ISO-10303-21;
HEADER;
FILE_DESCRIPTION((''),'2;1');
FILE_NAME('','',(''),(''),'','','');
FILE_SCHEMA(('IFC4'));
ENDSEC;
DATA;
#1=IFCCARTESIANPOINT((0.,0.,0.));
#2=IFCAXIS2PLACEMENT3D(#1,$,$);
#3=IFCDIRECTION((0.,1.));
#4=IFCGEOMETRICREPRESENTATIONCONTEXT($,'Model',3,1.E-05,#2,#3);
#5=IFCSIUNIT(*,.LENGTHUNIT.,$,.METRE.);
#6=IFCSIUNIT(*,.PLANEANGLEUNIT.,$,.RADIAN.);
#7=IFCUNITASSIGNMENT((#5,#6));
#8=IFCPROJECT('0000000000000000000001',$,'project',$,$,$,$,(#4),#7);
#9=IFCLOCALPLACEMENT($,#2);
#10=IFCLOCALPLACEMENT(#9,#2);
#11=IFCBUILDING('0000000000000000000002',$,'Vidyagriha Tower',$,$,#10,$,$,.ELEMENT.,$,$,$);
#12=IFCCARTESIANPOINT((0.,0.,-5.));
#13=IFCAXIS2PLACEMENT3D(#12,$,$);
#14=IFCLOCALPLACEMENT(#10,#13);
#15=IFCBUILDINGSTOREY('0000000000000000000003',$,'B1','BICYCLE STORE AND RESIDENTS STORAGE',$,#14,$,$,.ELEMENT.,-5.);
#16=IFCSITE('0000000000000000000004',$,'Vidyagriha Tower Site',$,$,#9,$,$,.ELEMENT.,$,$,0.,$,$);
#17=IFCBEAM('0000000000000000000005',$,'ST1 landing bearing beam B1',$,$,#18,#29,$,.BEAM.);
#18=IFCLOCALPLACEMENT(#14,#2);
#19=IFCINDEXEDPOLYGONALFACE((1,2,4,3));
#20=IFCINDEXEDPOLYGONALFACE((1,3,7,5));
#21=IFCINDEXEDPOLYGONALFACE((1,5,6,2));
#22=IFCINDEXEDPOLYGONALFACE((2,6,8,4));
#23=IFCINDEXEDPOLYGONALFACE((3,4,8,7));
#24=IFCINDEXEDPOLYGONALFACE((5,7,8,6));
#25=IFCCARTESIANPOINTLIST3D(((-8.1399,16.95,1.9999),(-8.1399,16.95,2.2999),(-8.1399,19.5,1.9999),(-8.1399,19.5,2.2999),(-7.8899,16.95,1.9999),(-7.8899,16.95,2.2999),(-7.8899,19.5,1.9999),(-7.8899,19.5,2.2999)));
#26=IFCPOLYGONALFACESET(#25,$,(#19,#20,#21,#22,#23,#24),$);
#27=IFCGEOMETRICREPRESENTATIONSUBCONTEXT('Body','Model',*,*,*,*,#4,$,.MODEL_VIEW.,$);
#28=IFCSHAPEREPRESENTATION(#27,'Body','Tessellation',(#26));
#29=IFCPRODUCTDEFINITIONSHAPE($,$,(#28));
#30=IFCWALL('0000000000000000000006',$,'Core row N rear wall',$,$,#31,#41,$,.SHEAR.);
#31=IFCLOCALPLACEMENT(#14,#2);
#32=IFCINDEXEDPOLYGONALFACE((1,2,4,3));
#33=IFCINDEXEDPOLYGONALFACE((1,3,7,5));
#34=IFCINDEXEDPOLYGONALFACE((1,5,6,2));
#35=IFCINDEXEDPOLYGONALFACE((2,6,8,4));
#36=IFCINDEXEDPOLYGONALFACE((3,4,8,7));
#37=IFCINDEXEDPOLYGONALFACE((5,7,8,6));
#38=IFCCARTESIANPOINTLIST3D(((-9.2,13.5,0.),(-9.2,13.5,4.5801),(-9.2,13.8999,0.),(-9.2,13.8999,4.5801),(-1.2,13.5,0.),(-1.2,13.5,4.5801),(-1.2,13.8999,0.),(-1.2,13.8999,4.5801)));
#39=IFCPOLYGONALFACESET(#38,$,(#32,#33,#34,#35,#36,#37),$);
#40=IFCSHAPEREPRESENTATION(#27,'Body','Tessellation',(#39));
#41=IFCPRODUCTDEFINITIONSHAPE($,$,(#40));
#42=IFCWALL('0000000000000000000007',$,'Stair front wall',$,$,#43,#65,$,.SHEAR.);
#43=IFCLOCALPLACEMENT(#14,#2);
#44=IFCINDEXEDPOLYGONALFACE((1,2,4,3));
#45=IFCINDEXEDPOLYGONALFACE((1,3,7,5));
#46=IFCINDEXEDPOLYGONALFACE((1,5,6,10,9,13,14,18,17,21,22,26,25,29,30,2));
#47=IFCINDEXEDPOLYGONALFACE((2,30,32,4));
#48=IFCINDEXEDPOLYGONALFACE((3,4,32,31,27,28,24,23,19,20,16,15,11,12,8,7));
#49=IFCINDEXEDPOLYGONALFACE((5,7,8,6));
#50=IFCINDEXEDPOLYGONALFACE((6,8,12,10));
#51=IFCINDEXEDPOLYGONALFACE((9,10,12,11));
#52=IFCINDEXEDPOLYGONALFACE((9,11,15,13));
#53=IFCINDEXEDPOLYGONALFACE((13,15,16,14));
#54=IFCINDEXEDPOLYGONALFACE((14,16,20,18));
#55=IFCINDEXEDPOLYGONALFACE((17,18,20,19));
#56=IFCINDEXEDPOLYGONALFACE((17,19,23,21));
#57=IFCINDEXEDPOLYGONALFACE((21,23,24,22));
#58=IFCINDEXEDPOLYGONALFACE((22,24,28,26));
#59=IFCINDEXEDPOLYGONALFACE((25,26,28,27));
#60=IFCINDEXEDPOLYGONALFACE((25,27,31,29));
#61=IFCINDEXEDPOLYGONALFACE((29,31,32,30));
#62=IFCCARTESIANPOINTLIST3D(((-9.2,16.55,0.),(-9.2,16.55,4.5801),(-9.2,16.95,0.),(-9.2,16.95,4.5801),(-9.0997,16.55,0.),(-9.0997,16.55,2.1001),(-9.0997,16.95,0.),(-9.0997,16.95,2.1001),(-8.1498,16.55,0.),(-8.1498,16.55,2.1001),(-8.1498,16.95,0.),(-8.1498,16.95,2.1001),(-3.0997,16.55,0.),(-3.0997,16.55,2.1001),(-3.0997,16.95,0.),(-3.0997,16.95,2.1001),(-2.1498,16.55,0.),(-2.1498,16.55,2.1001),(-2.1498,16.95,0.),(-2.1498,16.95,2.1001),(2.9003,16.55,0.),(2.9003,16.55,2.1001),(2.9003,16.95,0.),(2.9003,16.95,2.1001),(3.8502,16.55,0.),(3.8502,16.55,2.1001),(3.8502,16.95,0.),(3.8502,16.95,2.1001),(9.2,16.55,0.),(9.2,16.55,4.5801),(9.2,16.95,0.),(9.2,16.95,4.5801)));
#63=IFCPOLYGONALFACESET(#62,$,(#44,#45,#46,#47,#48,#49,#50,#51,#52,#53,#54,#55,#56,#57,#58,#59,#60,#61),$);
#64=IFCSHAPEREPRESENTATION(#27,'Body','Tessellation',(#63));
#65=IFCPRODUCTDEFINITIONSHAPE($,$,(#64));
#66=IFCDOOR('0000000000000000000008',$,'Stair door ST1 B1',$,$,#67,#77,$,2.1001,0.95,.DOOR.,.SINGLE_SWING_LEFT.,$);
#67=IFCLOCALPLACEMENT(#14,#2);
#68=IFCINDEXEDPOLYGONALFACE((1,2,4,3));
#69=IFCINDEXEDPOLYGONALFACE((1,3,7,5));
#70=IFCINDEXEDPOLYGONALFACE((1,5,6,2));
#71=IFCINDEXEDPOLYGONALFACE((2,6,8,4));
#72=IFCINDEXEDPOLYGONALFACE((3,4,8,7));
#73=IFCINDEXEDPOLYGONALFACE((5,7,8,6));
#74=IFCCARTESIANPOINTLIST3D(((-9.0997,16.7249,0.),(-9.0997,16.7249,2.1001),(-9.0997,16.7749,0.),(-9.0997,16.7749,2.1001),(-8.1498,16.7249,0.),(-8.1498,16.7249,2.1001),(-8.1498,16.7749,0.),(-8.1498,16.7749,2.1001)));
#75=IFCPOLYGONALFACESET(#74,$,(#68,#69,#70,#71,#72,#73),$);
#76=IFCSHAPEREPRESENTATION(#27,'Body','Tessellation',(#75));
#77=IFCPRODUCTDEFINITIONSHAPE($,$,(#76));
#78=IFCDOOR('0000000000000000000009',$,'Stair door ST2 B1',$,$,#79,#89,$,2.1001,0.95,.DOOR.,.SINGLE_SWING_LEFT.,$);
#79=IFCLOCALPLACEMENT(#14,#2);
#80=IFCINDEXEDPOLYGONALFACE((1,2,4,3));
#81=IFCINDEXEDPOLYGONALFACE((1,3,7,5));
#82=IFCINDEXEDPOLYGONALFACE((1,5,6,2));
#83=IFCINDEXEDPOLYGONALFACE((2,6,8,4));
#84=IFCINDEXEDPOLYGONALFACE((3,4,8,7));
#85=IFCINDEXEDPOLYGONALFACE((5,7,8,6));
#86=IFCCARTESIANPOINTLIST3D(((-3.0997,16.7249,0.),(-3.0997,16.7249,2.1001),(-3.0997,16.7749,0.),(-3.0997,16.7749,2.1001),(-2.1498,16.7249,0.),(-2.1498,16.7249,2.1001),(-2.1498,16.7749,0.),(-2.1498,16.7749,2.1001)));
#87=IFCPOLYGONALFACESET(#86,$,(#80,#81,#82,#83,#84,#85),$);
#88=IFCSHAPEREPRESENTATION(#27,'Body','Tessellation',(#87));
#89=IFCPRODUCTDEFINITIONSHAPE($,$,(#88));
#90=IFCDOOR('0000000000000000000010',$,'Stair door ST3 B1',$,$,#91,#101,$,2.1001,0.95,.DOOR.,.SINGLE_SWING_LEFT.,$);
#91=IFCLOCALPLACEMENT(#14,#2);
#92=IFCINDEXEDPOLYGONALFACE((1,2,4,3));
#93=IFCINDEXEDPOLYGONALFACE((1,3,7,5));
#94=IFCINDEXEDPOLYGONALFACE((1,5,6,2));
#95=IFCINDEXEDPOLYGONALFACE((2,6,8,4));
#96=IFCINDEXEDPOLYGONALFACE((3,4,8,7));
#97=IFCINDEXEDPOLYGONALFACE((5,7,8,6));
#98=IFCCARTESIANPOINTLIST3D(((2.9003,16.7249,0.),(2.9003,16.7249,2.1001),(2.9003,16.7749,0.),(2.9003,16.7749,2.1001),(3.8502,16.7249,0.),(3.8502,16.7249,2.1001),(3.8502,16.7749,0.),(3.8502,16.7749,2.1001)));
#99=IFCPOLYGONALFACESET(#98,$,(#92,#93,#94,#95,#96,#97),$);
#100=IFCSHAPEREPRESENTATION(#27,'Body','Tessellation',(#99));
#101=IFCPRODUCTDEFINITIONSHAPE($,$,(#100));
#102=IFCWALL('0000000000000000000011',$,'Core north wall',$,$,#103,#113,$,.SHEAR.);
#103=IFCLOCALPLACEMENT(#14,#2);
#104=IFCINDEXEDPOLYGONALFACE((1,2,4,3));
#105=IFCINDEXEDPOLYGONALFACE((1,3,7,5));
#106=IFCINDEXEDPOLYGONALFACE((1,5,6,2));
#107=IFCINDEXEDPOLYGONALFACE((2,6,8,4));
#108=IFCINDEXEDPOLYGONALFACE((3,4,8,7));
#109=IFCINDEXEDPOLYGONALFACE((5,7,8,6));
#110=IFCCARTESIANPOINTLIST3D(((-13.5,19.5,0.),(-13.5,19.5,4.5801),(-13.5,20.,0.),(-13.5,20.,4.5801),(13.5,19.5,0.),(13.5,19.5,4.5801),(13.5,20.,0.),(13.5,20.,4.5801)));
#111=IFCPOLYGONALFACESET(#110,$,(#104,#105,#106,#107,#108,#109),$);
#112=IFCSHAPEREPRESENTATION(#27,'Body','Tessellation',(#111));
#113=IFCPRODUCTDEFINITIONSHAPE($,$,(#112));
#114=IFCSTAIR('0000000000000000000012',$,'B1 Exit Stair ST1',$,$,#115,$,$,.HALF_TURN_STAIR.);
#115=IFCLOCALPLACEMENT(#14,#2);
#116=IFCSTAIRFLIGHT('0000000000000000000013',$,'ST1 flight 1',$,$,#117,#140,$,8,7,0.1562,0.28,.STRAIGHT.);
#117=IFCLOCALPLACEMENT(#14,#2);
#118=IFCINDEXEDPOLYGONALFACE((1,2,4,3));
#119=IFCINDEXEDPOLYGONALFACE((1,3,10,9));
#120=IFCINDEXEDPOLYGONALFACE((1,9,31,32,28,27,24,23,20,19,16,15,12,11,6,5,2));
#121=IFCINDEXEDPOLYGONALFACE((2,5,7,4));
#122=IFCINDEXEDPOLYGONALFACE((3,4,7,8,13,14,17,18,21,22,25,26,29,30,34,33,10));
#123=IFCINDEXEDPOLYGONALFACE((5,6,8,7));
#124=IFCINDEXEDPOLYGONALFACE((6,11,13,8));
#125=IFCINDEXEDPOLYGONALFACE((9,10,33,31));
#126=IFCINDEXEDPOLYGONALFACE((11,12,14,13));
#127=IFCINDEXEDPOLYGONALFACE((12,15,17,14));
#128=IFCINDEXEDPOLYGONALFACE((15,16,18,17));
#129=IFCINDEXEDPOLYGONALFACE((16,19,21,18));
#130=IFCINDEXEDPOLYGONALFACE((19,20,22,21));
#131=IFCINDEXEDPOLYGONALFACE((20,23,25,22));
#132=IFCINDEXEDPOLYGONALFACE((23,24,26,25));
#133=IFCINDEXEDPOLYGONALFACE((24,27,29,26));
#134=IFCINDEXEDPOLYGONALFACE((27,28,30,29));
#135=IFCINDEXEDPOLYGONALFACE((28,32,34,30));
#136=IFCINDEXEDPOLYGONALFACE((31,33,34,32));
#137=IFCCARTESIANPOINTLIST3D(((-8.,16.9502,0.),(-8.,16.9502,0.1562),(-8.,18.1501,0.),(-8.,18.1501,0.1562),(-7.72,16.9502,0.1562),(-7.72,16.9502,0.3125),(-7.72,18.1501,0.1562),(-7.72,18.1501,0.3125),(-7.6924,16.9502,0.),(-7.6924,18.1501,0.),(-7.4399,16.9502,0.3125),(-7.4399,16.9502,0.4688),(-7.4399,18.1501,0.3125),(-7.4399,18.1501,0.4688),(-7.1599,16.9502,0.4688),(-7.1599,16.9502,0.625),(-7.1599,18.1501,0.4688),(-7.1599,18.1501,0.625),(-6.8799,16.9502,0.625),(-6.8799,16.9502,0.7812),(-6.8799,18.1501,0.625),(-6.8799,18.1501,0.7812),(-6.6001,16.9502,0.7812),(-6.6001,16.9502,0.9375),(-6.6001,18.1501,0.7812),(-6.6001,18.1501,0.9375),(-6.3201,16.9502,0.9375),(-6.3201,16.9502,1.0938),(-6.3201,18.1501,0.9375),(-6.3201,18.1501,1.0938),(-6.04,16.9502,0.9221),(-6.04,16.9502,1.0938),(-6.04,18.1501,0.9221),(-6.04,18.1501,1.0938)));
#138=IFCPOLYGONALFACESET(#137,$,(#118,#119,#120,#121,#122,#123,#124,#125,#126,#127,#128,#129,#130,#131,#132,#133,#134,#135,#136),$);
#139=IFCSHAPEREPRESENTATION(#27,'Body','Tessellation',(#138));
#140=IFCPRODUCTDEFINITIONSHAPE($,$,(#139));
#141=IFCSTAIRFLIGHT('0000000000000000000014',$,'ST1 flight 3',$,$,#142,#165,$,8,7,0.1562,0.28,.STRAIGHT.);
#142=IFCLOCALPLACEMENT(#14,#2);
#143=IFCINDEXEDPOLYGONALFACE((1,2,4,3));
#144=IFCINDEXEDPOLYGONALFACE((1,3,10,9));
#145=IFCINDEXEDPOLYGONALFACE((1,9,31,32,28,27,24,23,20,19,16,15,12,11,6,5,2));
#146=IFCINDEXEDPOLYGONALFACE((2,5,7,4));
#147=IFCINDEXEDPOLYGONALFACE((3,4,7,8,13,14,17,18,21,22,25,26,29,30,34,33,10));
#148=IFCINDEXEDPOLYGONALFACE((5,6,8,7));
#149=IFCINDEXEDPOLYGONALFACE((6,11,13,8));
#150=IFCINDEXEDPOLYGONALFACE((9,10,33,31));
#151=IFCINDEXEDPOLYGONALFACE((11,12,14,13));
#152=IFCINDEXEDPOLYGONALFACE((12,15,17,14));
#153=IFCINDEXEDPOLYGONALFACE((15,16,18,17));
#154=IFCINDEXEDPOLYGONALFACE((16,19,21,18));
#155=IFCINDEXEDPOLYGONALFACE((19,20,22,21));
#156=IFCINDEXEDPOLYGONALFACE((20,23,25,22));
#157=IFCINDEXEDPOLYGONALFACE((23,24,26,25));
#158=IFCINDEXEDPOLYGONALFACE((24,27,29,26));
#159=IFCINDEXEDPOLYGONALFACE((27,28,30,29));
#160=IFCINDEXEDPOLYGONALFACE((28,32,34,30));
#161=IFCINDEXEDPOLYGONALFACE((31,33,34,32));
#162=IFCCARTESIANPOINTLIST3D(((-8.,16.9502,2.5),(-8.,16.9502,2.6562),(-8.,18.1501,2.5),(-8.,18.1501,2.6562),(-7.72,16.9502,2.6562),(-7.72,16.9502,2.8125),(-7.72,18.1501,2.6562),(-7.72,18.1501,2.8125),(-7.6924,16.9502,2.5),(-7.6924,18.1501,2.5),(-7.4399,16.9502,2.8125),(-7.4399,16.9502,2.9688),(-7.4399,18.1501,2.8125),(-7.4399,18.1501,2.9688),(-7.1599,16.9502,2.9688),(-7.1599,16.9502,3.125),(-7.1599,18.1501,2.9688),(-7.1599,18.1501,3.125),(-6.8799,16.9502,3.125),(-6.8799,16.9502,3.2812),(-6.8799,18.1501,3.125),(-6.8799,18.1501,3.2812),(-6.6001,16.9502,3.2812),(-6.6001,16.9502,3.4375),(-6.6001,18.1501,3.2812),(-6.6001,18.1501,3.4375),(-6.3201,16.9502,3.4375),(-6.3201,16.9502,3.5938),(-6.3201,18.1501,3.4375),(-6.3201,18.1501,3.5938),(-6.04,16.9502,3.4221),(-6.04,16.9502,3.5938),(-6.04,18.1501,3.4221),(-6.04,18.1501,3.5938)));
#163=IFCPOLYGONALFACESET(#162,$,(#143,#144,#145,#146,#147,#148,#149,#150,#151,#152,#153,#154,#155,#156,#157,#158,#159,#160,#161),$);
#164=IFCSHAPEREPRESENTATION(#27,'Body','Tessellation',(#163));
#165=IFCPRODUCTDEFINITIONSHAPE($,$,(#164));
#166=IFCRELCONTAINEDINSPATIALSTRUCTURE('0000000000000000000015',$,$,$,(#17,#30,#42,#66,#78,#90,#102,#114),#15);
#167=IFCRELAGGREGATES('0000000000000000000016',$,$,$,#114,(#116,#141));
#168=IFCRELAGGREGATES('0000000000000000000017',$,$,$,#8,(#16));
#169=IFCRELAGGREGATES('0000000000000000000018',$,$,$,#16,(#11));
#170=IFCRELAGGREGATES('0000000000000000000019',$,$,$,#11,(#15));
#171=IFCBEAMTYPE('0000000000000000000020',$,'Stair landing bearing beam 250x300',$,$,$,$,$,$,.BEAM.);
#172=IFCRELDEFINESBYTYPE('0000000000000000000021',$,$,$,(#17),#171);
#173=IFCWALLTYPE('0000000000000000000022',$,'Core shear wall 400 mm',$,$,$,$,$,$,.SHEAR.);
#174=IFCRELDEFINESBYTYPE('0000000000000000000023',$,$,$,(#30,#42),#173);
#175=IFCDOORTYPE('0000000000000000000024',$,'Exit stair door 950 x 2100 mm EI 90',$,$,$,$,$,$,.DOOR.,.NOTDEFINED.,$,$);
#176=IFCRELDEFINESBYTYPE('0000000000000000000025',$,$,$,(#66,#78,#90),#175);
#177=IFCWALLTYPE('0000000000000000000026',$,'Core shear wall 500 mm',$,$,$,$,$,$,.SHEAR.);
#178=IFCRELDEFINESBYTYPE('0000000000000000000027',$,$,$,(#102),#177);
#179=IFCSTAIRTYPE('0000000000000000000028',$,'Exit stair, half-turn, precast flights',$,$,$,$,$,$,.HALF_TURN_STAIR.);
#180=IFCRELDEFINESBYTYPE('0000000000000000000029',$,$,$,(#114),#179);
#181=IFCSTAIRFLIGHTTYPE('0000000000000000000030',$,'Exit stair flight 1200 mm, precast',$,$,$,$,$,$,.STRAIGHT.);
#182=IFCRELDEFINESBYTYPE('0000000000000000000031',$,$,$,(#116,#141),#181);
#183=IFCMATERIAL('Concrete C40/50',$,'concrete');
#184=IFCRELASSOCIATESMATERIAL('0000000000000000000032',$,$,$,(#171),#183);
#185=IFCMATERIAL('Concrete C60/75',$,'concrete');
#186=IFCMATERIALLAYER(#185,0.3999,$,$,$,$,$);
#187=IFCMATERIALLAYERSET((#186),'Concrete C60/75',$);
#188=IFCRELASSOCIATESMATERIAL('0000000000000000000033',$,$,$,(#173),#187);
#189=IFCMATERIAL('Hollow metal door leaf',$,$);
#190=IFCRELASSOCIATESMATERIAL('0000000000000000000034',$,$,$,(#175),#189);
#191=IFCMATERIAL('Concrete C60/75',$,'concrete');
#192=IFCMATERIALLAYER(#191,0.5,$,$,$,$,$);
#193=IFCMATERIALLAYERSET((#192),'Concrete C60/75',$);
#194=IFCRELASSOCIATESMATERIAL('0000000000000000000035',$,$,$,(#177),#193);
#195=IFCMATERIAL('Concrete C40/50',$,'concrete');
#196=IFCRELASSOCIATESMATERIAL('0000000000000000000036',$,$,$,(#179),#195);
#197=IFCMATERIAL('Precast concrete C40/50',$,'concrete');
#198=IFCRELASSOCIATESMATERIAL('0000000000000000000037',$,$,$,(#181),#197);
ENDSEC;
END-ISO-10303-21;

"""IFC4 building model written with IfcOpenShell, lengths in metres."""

from ifc_helpers import new_model, si_unit, direction, frame, frame_2d, origin, origin_2d, place, context, subcontext, project, spatial, polyline, rectangle, outline, extrude, material, layer, layer_set, material_profile, profile_set, type_object, element, fill, aggregate, save


model = new_model("IFC4")

# Units and contexts
model_context = context("Model", 3, precision=1e-05, world=origin(), true_north=direction((0.0, 1.0)))
body_context = subcontext(model_context, "Body", "Model", "MODEL_VIEW")
ifc_project = project(units=[si_unit("LENGTHUNIT", "METRE"), si_unit("PLANEANGLEUNIT", "RADIAN")], contexts=[model_context])

# Site, building, storey
site_placement = place(None, origin())
site = spatial("IfcSite", under=ifc_project, at=site_placement, Name="Vidyagriha Tower Site", CompositionType="ELEMENT", RefElevation=0.0)
building_placement = place(site_placement, origin())
building = spatial("IfcBuilding", under=site, at=building_placement, Name="Vidyagriha Tower", CompositionType="ELEMENT")
storey_placement = place(building_placement, frame((0.0, 0.0, -5.0)))
storey = spatial("IfcBuildingStorey", under=building, at=storey_placement, Name="B1", Description="BICYCLE STORE AND RESIDENTS STORAGE", CompositionType="ELEMENT", Elevation=-5.0)

# Beam
ifc_material_1 = material(Name="Concrete C40/50", Category="concrete")
ifc_material_profile = material_profile(ifc_material_1, rectangle(XDim=0.25, YDim=0.3, at=origin_2d()), Name="Stair landing bearing beam 250x300")
ifc_profile_set = profile_set([ifc_material_profile], Name="Concrete C40/50")
beam_type = type_object("IfcBeamType", Name="Stair landing bearing beam 250x300", PredefinedType="BEAM", material=ifc_profile_set)
beam_placement = place(storey_placement, frame((-8.0149, 16.95, 2.1499), z_axis=(0.0, 1.0, 0.0), x_axis=(-1.0, 0.0, 0.0)))
element("IfcBeam", 1, at=beam_placement, inside=storey, type_object=beam_type, Name="ST1 landing bearing beam B1", PredefinedType="BEAM", context=body_context, shape_type="SweptSolid", body=[
    extrude(rectangle(XDim=0.25, YDim=0.3, at=origin_2d()), origin(), (0.0, 0.0, 1.0), 2.55),
])

# Wall
ifc_material_2 = material(Name="Concrete C60/75", Category="concrete")
ifc_layer_1 = layer(ifc_material_2, 0.3999)
ifc_layer_set_1 = layer_set([ifc_layer_1], Name="Concrete C60/75")
wall_type_1 = type_object("IfcWallType", Name="Core shear wall 400 mm", PredefinedType="SHEAR", material=ifc_layer_set_1)
wall_1_placement = place(storey_placement, frame((-9.2, 13.7, 0.0)))
element("IfcWall", 2, at=wall_1_placement, inside=storey, type_object=wall_type_1, Name="Core row N rear wall", PredefinedType="SHEAR", context=body_context, shape_type="SweptSolid", body=[
    extrude(rectangle(XDim=8.0, YDim=0.3999, at=frame_2d((4.0, 0.0))), origin(), (0.0, 0.0, 1.0), 4.5801),
])

# Wall, openings, doors
wall_2_placement = place(storey_placement, frame((-9.2, 16.75, 0.0)))
wall_2 = element("IfcWall", 3, at=wall_2_placement, inside=storey, type_object=wall_type_1, Name="Stair front wall", PredefinedType="SHEAR", context=body_context, shape_type="SweptSolid", body=[
    extrude(rectangle(XDim=18.3999, YDim=0.3999, at=frame_2d((9.2, 0.0))), origin(), (0.0, 0.0, 1.0), 4.5801),
])
opening_1_placement = place(wall_2_placement, frame((0.1001, 0.0, 0.0)))
opening_1 = element("IfcOpeningElement", 4, at=opening_1_placement, cuts=wall_2, PredefinedType="OPENING", context=body_context, shape_type="SweptSolid", body=[
    extrude(rectangle(XDim=0.95, YDim=2.1001, at=frame_2d((0.4751, 1.05))), frame((0.0, 0.21, 0.0), z_axis=(0.0, -1.0, 0.0), x_axis=(1.0, 0.0, 0.0)), (0.0, 0.0, 1.0), 0.4199),
])
opening_2_placement = place(wall_2_placement, frame((6.1001, 0.0, 0.0)))
opening_2 = element("IfcOpeningElement", 5, at=opening_2_placement, cuts=wall_2, PredefinedType="OPENING", context=body_context, shape_type="SweptSolid", body=[
    extrude(rectangle(XDim=0.95, YDim=2.1001, at=frame_2d((0.4751, 1.05))), frame((0.0, 0.21, 0.0), z_axis=(0.0, -1.0, 0.0), x_axis=(1.0, 0.0, 0.0)), (0.0, 0.0, 1.0), 0.4199),
])
opening_3_placement = place(wall_2_placement, frame((12.1001, 0.0, 0.0)))
opening_3 = element("IfcOpeningElement", 6, at=opening_3_placement, cuts=wall_2, PredefinedType="OPENING", context=body_context, shape_type="SweptSolid", body=[
    extrude(rectangle(XDim=0.95, YDim=2.1001, at=frame_2d((0.4751, 1.05))), frame((0.0, 0.21, 0.0), z_axis=(0.0, -1.0, 0.0), x_axis=(1.0, 0.0, 0.0)), (0.0, 0.0, 1.0), 0.4199),
])
ifc_material_3 = material(Name="Hollow metal door leaf")
door_type = type_object("IfcDoorType", Name="Exit stair door 950 x 2100 mm EI 90", OperationType="NOTDEFINED", PredefinedType="DOOR", material=ifc_material_3)
door_1_placement = place(opening_1_placement, origin())
door_1 = element("IfcDoor", 7, at=door_1_placement, inside=storey, type_object=door_type, Name="Stair door ST1 B1", OperationType="SINGLE_SWING_LEFT", OverallHeight=2.1001, OverallWidth=0.95, PredefinedType="DOOR", context=body_context, shape_type="SweptSolid", body=[
    extrude(rectangle(XDim=0.95, YDim=2.1001, at=frame_2d((0.4751, 1.05))), frame((0.0, 0.0249, 0.0), z_axis=(0.0, -1.0, 0.0), x_axis=(1.0, 0.0, 0.0)), (0.0, 0.0, 1.0), 0.05),
])
fill(opening_1, door_1)
door_2_placement = place(opening_2_placement, origin())
door_2 = element("IfcDoor", 8, at=door_2_placement, inside=storey, type_object=door_type, Name="Stair door ST2 B1", OperationType="SINGLE_SWING_LEFT", OverallHeight=2.1001, OverallWidth=0.95, PredefinedType="DOOR", context=body_context, shape_type="SweptSolid", body=[
    extrude(rectangle(XDim=0.95, YDim=2.1001, at=frame_2d((0.4751, 1.05))), frame((0.0, 0.0249, 0.0), z_axis=(0.0, -1.0, 0.0), x_axis=(1.0, 0.0, 0.0)), (0.0, 0.0, 1.0), 0.05),
])
fill(opening_2, door_2)
door_3_placement = place(opening_3_placement, origin())
door_3 = element("IfcDoor", 9, at=door_3_placement, inside=storey, type_object=door_type, Name="Stair door ST3 B1", OperationType="SINGLE_SWING_LEFT", OverallHeight=2.1001, OverallWidth=0.95, PredefinedType="DOOR", context=body_context, shape_type="SweptSolid", body=[
    extrude(rectangle(XDim=0.95, YDim=2.1001, at=frame_2d((0.4751, 1.05))), frame((0.0, 0.0249, 0.0), z_axis=(0.0, -1.0, 0.0), x_axis=(1.0, 0.0, 0.0)), (0.0, 0.0, 1.0), 0.05),
])
fill(opening_3, door_3)

# Wall
ifc_material_4 = material(Name="Concrete C60/75", Category="concrete")
ifc_layer_2 = layer(ifc_material_4, 0.5)
ifc_layer_set_2 = layer_set([ifc_layer_2], Name="Concrete C60/75")
wall_type_2 = type_object("IfcWallType", Name="Core shear wall 500 mm", PredefinedType="SHEAR", material=ifc_layer_set_2)
wall_3_placement = place(storey_placement, frame((-13.5, 19.75, 0.0)))
element("IfcWall", 10, at=wall_3_placement, inside=storey, type_object=wall_type_2, Name="Core north wall", PredefinedType="SHEAR", context=body_context, shape_type="SweptSolid", body=[
    extrude(rectangle(XDim=27.0, YDim=0.5, at=frame_2d((13.5, 0.0))), origin(), (0.0, 0.0, 1.0), 4.5801),
])

# Stair, stair flights
ifc_material_5 = material(Name="Concrete C40/50", Category="concrete")
stair_type = type_object("IfcStairType", Name="Exit stair, half-turn, precast flights", PredefinedType="HALF_TURN_STAIR", material=ifc_material_5)
stair_placement = place(storey_placement, origin())
stair = element("IfcStair", 11, at=stair_placement, inside=storey, type_object=stair_type, Name="B1 Exit Stair ST1", PredefinedType="HALF_TURN_STAIR")
ifc_material_6 = material(Name="Precast concrete C40/50", Category="concrete")
stair_flight_type = type_object("IfcStairFlightType", Name="Exit stair flight 1200 mm, precast", PredefinedType="STRAIGHT", material=ifc_material_6)
stair_flight_1_placement = place(storey_placement, frame((-8.0, 17.55, 0.0)))
stair_flight_1 = element("IfcStairFlight", 12, at=stair_flight_1_placement, type_object=stair_flight_type, Name="ST1 flight 1", NumberOfRisers=8, NumberOfTreads=7, PredefinedType="STRAIGHT", RiserHeight=0.1562, TreadLength=0.28, context=body_context, shape_type="SweptSolid", body=[
    extrude(outline(polyline([(0.0, 0.0), (0.0, 0.1562), (0.28, 0.1562), (0.28, 0.3125), (0.5601, 0.3125), (0.5601, 0.4688), (0.8401, 0.4688), (0.8401, 0.625), (1.1201, 0.625), (1.1201, 0.7812), (1.3999, 0.7812), (1.3999, 0.9375), (1.6799, 0.9375), (1.6799, 1.0938), (1.96, 1.0938), (1.96, 1.25), (1.96, 0.9221), (0.3076, 0.0), (0.0, 0.0)])), frame((0.0, 0.6001, 0.0), z_axis=(0.0, -1.0, 0.0), x_axis=(1.0, 0.0, 0.0)), (0.0, 0.0, 1.0), 1.2),
])
stair_flight_2_placement = place(storey_placement, frame((-8.0, 17.55, 2.5)))
stair_flight_2 = element("IfcStairFlight", 13, at=stair_flight_2_placement, type_object=stair_flight_type, Name="ST1 flight 3", NumberOfRisers=8, NumberOfTreads=7, PredefinedType="STRAIGHT", RiserHeight=0.1562, TreadLength=0.28, context=body_context, shape_type="SweptSolid", body=[
    extrude(outline(polyline([(0.0, 0.0), (0.0, 0.1562), (0.28, 0.1562), (0.28, 0.3125), (0.5601, 0.3125), (0.5601, 0.4688), (0.8401, 0.4688), (0.8401, 0.625), (1.1201, 0.625), (1.1201, 0.7812), (1.3999, 0.7812), (1.3999, 0.9375), (1.6799, 0.9375), (1.6799, 1.0938), (1.96, 1.0938), (1.96, 1.25), (1.96, 0.9221), (0.3076, 0.0), (0.0, 0.0)])), frame((0.0, 0.6001, 0.0), z_axis=(0.0, -1.0, 0.0), x_axis=(1.0, 0.0, 0.0)), (0.0, 0.0, 1.0), 1.2),
])
aggregate(stair, [stair_flight_1, stair_flight_2])

save(model, "model.ifc")
